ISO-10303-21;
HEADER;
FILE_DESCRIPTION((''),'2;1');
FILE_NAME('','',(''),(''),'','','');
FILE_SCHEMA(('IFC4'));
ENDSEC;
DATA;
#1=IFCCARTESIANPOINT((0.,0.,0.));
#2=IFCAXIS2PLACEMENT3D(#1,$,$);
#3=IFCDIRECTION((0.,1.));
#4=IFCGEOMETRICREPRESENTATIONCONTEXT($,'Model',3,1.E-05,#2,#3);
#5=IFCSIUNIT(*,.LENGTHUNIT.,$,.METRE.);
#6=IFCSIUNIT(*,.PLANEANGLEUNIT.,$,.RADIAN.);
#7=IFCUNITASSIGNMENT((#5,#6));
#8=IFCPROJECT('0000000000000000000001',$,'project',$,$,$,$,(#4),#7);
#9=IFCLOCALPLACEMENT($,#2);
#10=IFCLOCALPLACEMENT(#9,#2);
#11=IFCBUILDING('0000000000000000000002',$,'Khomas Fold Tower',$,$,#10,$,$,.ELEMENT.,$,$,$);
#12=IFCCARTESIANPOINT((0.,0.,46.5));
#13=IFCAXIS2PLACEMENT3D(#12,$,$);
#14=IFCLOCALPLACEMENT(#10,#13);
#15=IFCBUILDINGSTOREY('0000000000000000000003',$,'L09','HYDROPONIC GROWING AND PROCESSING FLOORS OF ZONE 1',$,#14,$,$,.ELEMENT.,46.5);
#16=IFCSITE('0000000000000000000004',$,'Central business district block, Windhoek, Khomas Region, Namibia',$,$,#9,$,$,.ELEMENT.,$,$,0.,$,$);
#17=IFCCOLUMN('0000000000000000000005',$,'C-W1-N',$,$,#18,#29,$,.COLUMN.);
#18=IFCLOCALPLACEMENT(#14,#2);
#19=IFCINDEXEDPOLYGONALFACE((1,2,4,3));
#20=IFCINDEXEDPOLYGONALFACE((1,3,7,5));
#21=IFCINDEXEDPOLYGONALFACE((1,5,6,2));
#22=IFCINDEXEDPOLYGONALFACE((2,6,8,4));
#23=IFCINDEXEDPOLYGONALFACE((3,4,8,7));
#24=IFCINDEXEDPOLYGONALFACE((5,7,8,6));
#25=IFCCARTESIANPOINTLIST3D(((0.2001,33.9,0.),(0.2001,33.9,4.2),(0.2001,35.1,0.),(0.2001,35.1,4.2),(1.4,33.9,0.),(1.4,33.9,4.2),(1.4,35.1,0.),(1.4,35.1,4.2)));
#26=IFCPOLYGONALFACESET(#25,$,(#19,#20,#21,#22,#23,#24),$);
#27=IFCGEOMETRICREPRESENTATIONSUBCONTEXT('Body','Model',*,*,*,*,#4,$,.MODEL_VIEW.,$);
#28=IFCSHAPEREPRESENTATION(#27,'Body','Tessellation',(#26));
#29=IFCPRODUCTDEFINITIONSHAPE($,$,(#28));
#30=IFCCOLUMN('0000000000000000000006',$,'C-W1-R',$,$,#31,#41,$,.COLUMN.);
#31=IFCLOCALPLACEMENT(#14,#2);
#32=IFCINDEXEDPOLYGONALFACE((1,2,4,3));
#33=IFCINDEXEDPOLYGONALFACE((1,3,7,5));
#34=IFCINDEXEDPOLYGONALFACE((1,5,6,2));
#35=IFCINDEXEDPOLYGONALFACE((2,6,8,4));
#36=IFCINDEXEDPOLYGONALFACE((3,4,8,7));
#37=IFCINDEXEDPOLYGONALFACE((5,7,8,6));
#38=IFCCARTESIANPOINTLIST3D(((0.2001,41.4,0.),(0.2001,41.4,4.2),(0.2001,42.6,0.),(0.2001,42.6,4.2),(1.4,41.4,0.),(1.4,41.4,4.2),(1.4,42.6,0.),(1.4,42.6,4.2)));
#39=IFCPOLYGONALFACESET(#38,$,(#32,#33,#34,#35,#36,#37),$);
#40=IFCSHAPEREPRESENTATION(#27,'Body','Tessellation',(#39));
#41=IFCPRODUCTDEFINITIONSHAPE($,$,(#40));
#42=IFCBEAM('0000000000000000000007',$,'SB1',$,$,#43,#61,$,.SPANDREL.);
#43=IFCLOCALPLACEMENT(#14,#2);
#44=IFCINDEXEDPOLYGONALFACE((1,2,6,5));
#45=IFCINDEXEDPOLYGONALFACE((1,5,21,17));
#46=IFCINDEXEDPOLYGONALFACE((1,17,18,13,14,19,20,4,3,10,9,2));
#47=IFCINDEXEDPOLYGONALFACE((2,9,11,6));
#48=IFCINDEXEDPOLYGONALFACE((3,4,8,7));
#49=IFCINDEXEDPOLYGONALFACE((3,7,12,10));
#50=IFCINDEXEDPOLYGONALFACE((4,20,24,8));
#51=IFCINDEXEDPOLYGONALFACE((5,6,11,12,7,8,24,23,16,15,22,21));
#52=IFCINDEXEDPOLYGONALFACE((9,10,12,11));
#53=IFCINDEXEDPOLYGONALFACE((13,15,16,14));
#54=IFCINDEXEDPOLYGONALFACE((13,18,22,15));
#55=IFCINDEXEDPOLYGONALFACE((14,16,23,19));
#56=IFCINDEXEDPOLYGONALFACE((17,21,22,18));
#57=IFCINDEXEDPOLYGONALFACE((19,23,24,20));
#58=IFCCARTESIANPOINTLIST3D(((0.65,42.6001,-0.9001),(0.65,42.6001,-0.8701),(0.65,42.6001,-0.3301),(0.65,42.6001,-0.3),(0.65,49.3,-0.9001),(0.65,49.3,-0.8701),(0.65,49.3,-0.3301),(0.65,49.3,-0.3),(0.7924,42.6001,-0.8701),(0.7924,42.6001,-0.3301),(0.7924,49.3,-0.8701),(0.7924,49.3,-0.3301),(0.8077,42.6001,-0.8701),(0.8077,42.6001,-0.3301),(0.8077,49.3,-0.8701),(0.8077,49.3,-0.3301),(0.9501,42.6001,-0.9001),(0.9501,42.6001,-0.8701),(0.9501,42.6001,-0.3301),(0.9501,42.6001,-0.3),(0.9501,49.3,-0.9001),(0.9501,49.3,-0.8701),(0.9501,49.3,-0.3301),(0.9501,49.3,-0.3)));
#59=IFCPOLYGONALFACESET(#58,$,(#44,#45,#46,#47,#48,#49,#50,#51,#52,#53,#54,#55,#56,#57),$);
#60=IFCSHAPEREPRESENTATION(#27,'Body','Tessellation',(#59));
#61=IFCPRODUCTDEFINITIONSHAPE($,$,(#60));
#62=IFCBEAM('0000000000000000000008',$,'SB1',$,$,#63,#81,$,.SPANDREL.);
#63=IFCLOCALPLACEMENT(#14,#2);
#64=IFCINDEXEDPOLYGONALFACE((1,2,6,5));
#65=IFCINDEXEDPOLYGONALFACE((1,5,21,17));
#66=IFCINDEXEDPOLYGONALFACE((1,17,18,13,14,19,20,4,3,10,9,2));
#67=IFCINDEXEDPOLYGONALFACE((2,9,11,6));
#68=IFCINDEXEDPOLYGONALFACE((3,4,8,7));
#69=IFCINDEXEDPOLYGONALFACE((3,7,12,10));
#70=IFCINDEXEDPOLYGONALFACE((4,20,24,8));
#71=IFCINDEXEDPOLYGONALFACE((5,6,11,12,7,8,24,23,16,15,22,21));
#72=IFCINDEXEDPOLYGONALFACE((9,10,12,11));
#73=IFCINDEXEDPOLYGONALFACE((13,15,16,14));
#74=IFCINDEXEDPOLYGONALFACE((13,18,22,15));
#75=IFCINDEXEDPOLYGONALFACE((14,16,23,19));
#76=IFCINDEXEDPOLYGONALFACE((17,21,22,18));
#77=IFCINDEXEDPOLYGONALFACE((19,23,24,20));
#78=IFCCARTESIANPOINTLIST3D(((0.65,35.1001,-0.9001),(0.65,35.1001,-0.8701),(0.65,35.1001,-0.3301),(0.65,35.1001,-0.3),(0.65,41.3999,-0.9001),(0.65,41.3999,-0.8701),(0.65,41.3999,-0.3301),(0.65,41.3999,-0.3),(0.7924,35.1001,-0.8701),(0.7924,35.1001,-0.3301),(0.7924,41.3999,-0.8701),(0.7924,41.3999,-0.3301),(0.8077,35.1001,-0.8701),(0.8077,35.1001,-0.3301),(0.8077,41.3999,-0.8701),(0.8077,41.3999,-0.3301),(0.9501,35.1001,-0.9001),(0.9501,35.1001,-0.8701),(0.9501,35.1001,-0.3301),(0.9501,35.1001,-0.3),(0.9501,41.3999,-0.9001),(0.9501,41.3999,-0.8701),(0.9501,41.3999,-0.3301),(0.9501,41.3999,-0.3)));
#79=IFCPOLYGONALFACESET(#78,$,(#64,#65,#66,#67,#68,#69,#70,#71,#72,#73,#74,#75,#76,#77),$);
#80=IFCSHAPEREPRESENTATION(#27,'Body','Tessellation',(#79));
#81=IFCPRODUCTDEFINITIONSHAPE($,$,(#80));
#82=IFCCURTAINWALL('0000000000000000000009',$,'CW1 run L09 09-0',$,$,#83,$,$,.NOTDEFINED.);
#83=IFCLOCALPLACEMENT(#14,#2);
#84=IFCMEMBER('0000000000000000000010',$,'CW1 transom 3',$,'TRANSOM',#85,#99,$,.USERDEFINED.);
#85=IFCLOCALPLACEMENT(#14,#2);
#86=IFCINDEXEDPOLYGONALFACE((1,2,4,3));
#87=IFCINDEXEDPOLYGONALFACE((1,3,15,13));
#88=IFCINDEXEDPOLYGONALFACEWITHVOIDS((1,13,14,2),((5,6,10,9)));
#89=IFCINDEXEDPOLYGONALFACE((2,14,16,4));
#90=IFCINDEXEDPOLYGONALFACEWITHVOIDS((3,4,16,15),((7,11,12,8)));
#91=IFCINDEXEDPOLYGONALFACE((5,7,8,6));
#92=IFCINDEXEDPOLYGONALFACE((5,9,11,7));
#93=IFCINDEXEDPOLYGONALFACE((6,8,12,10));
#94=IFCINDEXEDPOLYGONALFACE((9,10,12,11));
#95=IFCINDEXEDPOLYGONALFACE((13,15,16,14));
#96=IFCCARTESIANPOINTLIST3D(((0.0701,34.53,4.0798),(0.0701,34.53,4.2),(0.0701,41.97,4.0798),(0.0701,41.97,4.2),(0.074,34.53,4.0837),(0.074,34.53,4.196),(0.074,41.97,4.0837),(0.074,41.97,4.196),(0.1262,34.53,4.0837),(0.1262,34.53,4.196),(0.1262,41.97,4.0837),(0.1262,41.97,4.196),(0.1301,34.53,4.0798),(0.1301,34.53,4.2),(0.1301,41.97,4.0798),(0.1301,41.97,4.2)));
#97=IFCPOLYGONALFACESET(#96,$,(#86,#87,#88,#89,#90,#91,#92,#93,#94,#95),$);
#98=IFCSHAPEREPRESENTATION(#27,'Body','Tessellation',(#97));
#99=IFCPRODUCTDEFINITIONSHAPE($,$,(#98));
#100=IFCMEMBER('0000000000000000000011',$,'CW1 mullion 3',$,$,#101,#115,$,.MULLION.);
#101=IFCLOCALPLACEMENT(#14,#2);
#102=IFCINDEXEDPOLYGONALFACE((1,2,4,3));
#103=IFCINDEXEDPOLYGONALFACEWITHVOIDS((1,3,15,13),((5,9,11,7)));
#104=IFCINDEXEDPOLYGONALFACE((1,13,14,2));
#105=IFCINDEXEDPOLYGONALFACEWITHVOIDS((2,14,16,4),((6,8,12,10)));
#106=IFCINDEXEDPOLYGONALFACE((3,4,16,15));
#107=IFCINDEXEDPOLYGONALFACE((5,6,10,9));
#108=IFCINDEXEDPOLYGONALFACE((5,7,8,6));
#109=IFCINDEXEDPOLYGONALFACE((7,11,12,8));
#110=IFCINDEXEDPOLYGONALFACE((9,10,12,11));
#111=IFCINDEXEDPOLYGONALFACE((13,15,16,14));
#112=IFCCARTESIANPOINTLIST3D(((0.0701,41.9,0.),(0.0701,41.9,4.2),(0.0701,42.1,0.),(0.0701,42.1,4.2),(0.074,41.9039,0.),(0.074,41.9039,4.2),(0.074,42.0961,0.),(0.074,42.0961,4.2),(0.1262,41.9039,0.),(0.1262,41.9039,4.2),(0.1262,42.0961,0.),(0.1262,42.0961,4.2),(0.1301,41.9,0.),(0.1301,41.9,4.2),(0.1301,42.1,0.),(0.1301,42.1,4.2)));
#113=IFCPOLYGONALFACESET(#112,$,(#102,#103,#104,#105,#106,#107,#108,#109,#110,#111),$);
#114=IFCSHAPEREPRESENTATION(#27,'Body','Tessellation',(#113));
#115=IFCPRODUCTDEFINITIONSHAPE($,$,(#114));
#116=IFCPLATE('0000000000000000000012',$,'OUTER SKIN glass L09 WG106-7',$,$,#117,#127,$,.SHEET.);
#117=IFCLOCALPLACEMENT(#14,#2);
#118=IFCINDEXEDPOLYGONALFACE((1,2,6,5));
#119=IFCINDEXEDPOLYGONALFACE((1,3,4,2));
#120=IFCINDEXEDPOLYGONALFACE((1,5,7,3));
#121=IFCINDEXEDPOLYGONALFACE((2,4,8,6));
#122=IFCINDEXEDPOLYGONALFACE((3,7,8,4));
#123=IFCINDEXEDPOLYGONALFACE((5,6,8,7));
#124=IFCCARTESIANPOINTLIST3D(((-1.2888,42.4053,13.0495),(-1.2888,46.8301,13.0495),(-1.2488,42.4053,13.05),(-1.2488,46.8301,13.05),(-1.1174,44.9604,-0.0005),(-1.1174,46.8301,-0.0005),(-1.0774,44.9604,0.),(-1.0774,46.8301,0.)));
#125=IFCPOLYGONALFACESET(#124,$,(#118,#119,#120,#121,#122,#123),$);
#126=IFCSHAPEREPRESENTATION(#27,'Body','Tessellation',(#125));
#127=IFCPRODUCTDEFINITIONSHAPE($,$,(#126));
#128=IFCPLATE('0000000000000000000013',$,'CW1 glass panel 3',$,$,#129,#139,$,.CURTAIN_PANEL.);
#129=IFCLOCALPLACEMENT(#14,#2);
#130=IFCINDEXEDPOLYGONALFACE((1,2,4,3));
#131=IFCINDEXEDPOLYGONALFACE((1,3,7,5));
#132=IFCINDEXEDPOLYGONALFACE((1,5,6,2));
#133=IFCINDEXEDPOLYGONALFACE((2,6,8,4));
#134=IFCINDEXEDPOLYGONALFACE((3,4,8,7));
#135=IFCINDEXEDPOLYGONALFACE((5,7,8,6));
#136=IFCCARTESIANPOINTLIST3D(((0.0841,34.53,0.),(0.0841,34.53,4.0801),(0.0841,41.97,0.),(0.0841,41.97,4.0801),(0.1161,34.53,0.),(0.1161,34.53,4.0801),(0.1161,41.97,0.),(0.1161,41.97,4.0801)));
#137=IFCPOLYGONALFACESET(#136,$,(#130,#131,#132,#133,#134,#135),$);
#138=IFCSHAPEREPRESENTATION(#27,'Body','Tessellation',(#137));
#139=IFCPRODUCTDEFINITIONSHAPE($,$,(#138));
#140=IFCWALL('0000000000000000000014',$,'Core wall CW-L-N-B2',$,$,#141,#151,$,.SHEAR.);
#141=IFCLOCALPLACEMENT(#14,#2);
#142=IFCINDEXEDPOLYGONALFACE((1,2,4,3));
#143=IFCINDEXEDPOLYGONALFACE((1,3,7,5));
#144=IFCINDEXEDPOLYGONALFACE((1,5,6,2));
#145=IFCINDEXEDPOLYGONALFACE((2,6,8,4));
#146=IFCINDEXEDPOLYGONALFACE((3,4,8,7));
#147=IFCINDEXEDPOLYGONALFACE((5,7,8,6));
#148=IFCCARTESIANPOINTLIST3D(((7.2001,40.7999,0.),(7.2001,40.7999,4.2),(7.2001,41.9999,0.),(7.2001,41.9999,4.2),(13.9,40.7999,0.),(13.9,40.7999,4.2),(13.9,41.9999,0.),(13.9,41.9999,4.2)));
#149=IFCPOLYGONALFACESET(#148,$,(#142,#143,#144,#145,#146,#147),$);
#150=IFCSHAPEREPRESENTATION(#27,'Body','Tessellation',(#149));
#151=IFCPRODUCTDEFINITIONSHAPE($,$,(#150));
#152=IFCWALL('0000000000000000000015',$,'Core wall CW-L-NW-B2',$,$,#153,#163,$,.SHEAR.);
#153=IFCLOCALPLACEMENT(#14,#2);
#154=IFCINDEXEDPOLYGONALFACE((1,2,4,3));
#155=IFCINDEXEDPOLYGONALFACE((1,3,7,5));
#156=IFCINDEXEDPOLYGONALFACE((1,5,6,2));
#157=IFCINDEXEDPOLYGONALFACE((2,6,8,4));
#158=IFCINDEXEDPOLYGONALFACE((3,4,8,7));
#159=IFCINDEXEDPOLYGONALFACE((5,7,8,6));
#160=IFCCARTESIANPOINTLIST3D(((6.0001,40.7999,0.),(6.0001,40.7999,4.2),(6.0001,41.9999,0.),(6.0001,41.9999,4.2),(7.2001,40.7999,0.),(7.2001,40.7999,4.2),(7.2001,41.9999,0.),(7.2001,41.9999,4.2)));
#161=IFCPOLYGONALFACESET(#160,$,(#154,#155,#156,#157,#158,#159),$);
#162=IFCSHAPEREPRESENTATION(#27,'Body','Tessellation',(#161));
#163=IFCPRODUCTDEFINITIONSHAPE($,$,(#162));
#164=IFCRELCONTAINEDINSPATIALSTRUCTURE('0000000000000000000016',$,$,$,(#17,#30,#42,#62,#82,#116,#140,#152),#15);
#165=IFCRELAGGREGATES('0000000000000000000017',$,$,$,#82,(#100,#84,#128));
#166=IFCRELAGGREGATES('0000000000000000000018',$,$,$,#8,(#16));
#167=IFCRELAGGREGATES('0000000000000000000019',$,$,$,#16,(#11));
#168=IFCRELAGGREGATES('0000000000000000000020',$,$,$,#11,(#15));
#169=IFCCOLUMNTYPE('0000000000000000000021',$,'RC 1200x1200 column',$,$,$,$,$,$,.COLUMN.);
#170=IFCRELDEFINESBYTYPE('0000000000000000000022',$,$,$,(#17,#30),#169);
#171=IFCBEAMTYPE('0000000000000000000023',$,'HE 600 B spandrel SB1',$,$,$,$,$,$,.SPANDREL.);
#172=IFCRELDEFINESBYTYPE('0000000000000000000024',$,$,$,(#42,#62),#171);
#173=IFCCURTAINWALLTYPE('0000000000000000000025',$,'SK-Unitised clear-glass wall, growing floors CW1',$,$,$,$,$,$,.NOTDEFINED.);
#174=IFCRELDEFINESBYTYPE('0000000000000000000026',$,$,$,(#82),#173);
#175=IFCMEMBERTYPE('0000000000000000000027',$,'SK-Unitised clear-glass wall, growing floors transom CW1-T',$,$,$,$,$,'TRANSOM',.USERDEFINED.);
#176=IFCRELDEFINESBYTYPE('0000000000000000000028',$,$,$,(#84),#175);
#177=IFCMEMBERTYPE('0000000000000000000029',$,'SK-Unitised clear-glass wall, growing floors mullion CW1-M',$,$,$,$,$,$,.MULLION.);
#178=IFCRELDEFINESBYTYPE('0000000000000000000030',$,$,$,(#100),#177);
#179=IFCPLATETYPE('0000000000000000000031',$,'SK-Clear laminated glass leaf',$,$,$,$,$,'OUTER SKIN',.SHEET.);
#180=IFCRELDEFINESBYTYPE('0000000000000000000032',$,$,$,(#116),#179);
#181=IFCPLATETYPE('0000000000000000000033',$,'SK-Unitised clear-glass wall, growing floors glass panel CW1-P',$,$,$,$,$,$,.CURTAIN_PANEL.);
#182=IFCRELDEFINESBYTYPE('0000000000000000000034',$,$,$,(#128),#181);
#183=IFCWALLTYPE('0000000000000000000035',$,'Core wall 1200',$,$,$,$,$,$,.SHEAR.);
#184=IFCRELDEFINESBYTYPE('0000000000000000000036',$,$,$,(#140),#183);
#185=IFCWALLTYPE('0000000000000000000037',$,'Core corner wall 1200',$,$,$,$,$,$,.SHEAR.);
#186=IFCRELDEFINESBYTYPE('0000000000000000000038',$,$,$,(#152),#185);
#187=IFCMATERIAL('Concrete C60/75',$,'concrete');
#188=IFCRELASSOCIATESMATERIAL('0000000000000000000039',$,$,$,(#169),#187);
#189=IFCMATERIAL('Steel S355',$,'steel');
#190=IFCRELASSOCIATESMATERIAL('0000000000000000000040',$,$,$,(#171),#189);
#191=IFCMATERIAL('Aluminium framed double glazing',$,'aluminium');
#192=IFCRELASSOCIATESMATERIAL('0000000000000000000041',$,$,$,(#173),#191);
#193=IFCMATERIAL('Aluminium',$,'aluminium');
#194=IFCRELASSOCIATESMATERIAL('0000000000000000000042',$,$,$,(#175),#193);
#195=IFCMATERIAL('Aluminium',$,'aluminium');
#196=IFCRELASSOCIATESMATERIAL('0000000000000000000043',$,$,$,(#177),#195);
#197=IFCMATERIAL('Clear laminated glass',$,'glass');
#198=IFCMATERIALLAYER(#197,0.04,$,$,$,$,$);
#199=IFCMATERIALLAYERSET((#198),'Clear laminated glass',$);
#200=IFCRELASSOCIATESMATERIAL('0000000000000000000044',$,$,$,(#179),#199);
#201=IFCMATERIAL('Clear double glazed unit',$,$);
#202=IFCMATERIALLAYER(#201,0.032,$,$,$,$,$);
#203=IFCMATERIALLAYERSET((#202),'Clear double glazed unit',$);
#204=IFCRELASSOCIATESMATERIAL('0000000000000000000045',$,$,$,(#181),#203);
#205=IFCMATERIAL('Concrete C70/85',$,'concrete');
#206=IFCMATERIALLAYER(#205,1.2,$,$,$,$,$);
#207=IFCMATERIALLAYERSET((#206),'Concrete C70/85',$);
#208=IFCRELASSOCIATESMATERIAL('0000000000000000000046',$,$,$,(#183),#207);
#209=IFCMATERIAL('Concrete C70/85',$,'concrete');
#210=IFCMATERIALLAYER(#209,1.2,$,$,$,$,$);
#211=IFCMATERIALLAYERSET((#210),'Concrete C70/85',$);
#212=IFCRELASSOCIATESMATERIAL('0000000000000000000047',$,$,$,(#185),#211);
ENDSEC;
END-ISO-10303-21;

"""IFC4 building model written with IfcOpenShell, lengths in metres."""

from ifc_helpers import new_model, si_unit, direction, frame, frame_2d, origin, origin_2d, place, context, subcontext, project, spatial, polyline, rectangle, hollow_rectangle, i_section, outline, extrude, source, transform, mapped, material, layer, layer_set, material_profile, profile_set, type_object, element, aggregate, save


model = new_model("IFC4")

# Units and contexts
model_context = context("Model", 3, precision=1e-05, world=origin(), true_north=direction((0.0, 1.0)))
body_context = subcontext(model_context, "Body", "Model", "MODEL_VIEW")
ifc_project = project(units=[si_unit("LENGTHUNIT", "METRE"), si_unit("PLANEANGLEUNIT", "RADIAN")], contexts=[model_context])

# Site, building, storey
site_placement = place(None, origin())
site = spatial("IfcSite", under=ifc_project, at=site_placement, Name="Central business district block, Windhoek, Khomas Region, Namibia", CompositionType="ELEMENT", RefElevation=0.0)
building_placement = place(site_placement, origin())
building = spatial("IfcBuilding", under=site, at=building_placement, Name="Khomas Fold Tower", CompositionType="ELEMENT")
storey_placement = place(building_placement, frame((0.0, 0.0, 46.5)))
storey = spatial("IfcBuildingStorey", under=building, at=storey_placement, Name="L09", Description="HYDROPONIC GROWING AND PROCESSING FLOORS OF ZONE 1", CompositionType="ELEMENT", Elevation=46.5)

# Columns
ifc_material_1 = material(Name="Concrete C60/75", Category="concrete")
ifc_material_profile_1 = material_profile(ifc_material_1, rectangle(XDim=1.2, YDim=1.2, at=origin_2d()), Name="RC 1200x1200")
ifc_profile_set_1 = profile_set([ifc_material_profile_1], Name="Concrete C60/75")
column_type = type_object("IfcColumnType", Name="RC 1200x1200 column", PredefinedType="COLUMN", material=ifc_profile_set_1)
shared_shape_1 = source(origin(), body_context, "Body", "SweptSolid", [
    extrude(rectangle(XDim=1.2, YDim=1.2, at=origin_2d()), origin(), (0.0, 0.0, 1.0), 4.2),
])
for number, where, z_axis, x_axis, name in (
    (1, (0.8, 34.5, 0.0), (0.0, 0.0, 1.0), (1.0, 0.0, 0.0), "C-W1-N"),
    (2, (0.8, 42.0, 0.0), (0.0, 0.0, 1.0), (1.0, 0.0, 0.0), "C-W1-R"),
):
    element("IfcColumn", number, at=place(storey_placement, frame(where, z_axis=z_axis, x_axis=x_axis)), inside=storey, type_object=column_type, Name=name, PredefinedType="COLUMN", context=body_context, shape_type="MappedRepresentation", body=[
        mapped(shared_shape_1, transform((0.0, 0.0, 0.0))),
    ])

# Beams
ifc_material_2 = material(Name="Steel S355", Category="steel")
ifc_material_profile_2 = material_profile(ifc_material_2, i_section(OverallWidth=0.3, OverallDepth=0.6001, WebThickness=0.0154, FlangeThickness=0.03, at=origin_2d()), Name="HE 600 B")
ifc_profile_set_2 = profile_set([ifc_material_profile_2], Name="Steel S355")
beam_type = type_object("IfcBeamType", Name="HE 600 B spandrel SB1", PredefinedType="SPANDREL", material=ifc_profile_set_2)
shared_shape_2 = source(origin(), body_context, "Body", "SweptSolid", [
    extrude(i_section(OverallWidth=0.3, OverallDepth=0.6001, WebThickness=0.0154, FlangeThickness=0.03, at=origin_2d()), origin(), (0.0, 0.0, 1.0), 6.7),
])
beam_1_placement = place(storey_placement, frame((0.8, 42.6001, -0.6001), z_axis=(0.0, 1.0, 0.0), x_axis=(-1.0, 0.0, 0.0)))
element("IfcBeam", 3, at=beam_1_placement, inside=storey, type_object=beam_type, Name="SB1", PredefinedType="SPANDREL", context=body_context, shape_type="MappedRepresentation", body=[
    mapped(shared_shape_2, transform((0.0, 0.0, 0.0))),
])
shared_shape_3 = source(origin(), body_context, "Body", "SweptSolid", [
    extrude(i_section(OverallWidth=0.3, OverallDepth=0.6001, WebThickness=0.0154, FlangeThickness=0.03, at=origin_2d()), origin(), (0.0, 0.0, 1.0), 6.2998),
])
beam_2_placement = place(storey_placement, frame((0.8, 35.1001, -0.6001), z_axis=(0.0, 1.0, 0.0), x_axis=(-1.0, 0.0, 0.0)))
element("IfcBeam", 4, at=beam_2_placement, inside=storey, type_object=beam_type, Name="SB1", PredefinedType="SPANDREL", context=body_context, shape_type="MappedRepresentation", body=[
    mapped(shared_shape_3, transform((0.0, 0.0, 0.0))),
])

# Curtain wall, members
ifc_material_3 = material(Name="Aluminium framed double glazing", Category="aluminium")
curtain_wall_type = type_object("IfcCurtainWallType", Name="SK-Unitised clear-glass wall, growing floors CW1", PredefinedType="NOTDEFINED", material=ifc_material_3)
curtain_wall_placement = place(storey_placement, origin())
curtain_wall = element("IfcCurtainWall", 5, at=curtain_wall_placement, inside=storey, type_object=curtain_wall_type, Name="CW1 run L09 09-0", PredefinedType="NOTDEFINED")
ifc_material_4 = material(Name="Aluminium", Category="aluminium")
ifc_material_profile_3 = material_profile(ifc_material_4, hollow_rectangle(XDim=0.0601, YDim=0.1201, WallThickness=0.0039, at=origin_2d()), Name="SK-Unitised clear-glass wall, growing floors transom CW1-T")
ifc_profile_set_3 = profile_set([ifc_material_profile_3], Name="Aluminium")
member_type_1 = type_object("IfcMemberType", Name="SK-Unitised clear-glass wall, growing floors transom CW1-T", ElementType="TRANSOM", PredefinedType="USERDEFINED", material=ifc_profile_set_3)
shared_shape_4 = source(origin(), body_context, "Body", "SweptSolid", [
    extrude(hollow_rectangle(XDim=0.0601, YDim=0.1201, WallThickness=0.0039, at=origin_2d()), origin(), (0.0, 0.0, 1.0), 7.4399),
])
member_1_placement = place(storey_placement, frame((0.1001, 41.97, 4.1399), z_axis=(0.0, -1.0, 0.0), x_axis=(1.0, 0.0, 0.0)))
member_1 = element("IfcMember", 6, at=member_1_placement, type_object=member_type_1, Name="CW1 transom 3", ObjectType="TRANSOM", PredefinedType="USERDEFINED", context=body_context, shape_type="MappedRepresentation", body=[
    mapped(shared_shape_4, transform((0.0, 0.0, 0.0))),
])
ifc_material_5 = material(Name="Aluminium", Category="aluminium")
ifc_material_profile_4 = material_profile(ifc_material_5, hollow_rectangle(XDim=0.0601, YDim=0.2, WallThickness=0.0039, at=origin_2d()), Name="SK-Unitised clear-glass wall, growing floors mullion CW1-M")
ifc_profile_set_4 = profile_set([ifc_material_profile_4], Name="Aluminium")
member_type_2 = type_object("IfcMemberType", Name="SK-Unitised clear-glass wall, growing floors mullion CW1-M", PredefinedType="MULLION", material=ifc_profile_set_4)
shared_shape_5 = source(origin(), body_context, "Body", "SweptSolid", [
    extrude(hollow_rectangle(XDim=0.0601, YDim=0.2, WallThickness=0.0039, at=origin_2d()), origin(), (0.0, 0.0, 1.0), 4.2),
])
member_2_placement = place(storey_placement, frame((0.1001, 42.0, 0.0), z_axis=(0.0, 0.0, 1.0), x_axis=(1.0, 0.0, 0.0)))
member_2 = element("IfcMember", 7, at=member_2_placement, type_object=member_type_2, Name="CW1 mullion 3", PredefinedType="MULLION", context=body_context, shape_type="MappedRepresentation", body=[
    mapped(shared_shape_5, transform((0.0, 0.0, 0.0))),
])

# Plates
ifc_material_6 = material(Name="Clear laminated glass", Category="glass")
ifc_layer_1 = layer(ifc_material_6, 0.04)
ifc_layer_set_1 = layer_set([ifc_layer_1], Name="Clear laminated glass")
plate_type_1 = type_object("IfcPlateType", Name="SK-Clear laminated glass leaf", ElementType="OUTER SKIN", PredefinedType="SHEET", material=ifc_layer_set_1)
plate_1_placement = place(storey_placement, frame((-1.2488, 42.4053, 13.05), z_axis=(0.999914, 0.0, 0.013132), x_axis=(0.0, 1.0, 0.0)))
element("IfcPlate", 8, at=plate_1_placement, inside=storey, type_object=plate_type_1, Name="OUTER SKIN glass L09 WG106-7", PredefinedType="SHEET", context=body_context, shape_type="SweptSolid", body=[
    extrude(outline(polyline([(0.0, 0.0), (4.4248, 0.0), (4.4248, -13.0512), (2.5552, -13.0512), (0.0, 0.0)])), origin(), (0.0, 0.0, -1.0), 0.04),
])
ifc_material_7 = material(Name="Clear double glazed unit")
ifc_layer_2 = layer(ifc_material_7, 0.032)
ifc_layer_set_2 = layer_set([ifc_layer_2], Name="Clear double glazed unit")
plate_type_2 = type_object("IfcPlateType", Name="SK-Unitised clear-glass wall, growing floors glass panel CW1-P", PredefinedType="CURTAIN_PANEL", material=ifc_layer_set_2)
shared_shape_6 = source(origin(), body_context, "Body", "SweptSolid", [
    extrude(rectangle(XDim=7.4399, YDim=0.032, at=origin_2d()), origin(), (0.0, 0.0, 1.0), 4.0801),
])
plate_2_placement = place(storey_placement, frame((0.1001, 38.25, 0.0), z_axis=(0.0, 0.0, 1.0), x_axis=(0.0, -1.0, 0.0)))
plate_2 = element("IfcPlate", 9, at=plate_2_placement, type_object=plate_type_2, Name="CW1 glass panel 3", PredefinedType="CURTAIN_PANEL", context=body_context, shape_type="MappedRepresentation", body=[
    mapped(shared_shape_6, transform((0.0, 0.0, 0.0))),
])
aggregate(curtain_wall, [member_2, member_1, plate_2])

# Walls
ifc_material_8 = material(Name="Concrete C70/85", Category="concrete")
ifc_layer_3 = layer(ifc_material_8, 1.2)
ifc_layer_set_3 = layer_set([ifc_layer_3], Name="Concrete C70/85")
wall_type_1 = type_object("IfcWallType", Name="Core wall 1200", PredefinedType="SHEAR", material=ifc_layer_set_3)
shared_shape_7 = source(origin(), body_context, "Body", "SweptSolid", [
    extrude(rectangle(XDim=6.7, YDim=1.2, at=frame_2d((3.3501, 0.0))), origin(), (0.0, 0.0, 1.0), 4.2),
])
wall_1_placement = place(storey_placement, frame((7.2, 41.3999, 0.0), z_axis=(0.0, 0.0, 1.0), x_axis=(1.0, 0.0, 0.0)))
element("IfcWall", 10, at=wall_1_placement, inside=storey, type_object=wall_type_1, Name="Core wall CW-L-N-B2", PredefinedType="SHEAR", context=body_context, shape_type="MappedRepresentation", body=[
    mapped(shared_shape_7, transform((0.0, 0.0, 0.0))),
])
ifc_material_9 = material(Name="Concrete C70/85", Category="concrete")
ifc_layer_4 = layer(ifc_material_9, 1.2)
ifc_layer_set_4 = layer_set([ifc_layer_4], Name="Concrete C70/85")
wall_type_2 = type_object("IfcWallType", Name="Core corner wall 1200", PredefinedType="SHEAR", material=ifc_layer_set_4)
shared_shape_8 = source(origin(), body_context, "Body", "SweptSolid", [
    extrude(rectangle(XDim=1.2, YDim=1.2, at=frame_2d((0.6001, 0.0))), origin(), (0.0, 0.0, 1.0), 4.2),
])
wall_2_placement = place(storey_placement, frame((6.0, 41.3999, 0.0), z_axis=(0.0, 0.0, 1.0), x_axis=(1.0, 0.0, 0.0)))
element("IfcWall", 11, at=wall_2_placement, inside=storey, type_object=wall_type_2, Name="Core wall CW-L-NW-B2", PredefinedType="SHEAR", context=body_context, shape_type="MappedRepresentation", body=[
    mapped(shared_shape_8, transform((0.0, 0.0, 0.0))),
])

save(model, "model.ifc")
